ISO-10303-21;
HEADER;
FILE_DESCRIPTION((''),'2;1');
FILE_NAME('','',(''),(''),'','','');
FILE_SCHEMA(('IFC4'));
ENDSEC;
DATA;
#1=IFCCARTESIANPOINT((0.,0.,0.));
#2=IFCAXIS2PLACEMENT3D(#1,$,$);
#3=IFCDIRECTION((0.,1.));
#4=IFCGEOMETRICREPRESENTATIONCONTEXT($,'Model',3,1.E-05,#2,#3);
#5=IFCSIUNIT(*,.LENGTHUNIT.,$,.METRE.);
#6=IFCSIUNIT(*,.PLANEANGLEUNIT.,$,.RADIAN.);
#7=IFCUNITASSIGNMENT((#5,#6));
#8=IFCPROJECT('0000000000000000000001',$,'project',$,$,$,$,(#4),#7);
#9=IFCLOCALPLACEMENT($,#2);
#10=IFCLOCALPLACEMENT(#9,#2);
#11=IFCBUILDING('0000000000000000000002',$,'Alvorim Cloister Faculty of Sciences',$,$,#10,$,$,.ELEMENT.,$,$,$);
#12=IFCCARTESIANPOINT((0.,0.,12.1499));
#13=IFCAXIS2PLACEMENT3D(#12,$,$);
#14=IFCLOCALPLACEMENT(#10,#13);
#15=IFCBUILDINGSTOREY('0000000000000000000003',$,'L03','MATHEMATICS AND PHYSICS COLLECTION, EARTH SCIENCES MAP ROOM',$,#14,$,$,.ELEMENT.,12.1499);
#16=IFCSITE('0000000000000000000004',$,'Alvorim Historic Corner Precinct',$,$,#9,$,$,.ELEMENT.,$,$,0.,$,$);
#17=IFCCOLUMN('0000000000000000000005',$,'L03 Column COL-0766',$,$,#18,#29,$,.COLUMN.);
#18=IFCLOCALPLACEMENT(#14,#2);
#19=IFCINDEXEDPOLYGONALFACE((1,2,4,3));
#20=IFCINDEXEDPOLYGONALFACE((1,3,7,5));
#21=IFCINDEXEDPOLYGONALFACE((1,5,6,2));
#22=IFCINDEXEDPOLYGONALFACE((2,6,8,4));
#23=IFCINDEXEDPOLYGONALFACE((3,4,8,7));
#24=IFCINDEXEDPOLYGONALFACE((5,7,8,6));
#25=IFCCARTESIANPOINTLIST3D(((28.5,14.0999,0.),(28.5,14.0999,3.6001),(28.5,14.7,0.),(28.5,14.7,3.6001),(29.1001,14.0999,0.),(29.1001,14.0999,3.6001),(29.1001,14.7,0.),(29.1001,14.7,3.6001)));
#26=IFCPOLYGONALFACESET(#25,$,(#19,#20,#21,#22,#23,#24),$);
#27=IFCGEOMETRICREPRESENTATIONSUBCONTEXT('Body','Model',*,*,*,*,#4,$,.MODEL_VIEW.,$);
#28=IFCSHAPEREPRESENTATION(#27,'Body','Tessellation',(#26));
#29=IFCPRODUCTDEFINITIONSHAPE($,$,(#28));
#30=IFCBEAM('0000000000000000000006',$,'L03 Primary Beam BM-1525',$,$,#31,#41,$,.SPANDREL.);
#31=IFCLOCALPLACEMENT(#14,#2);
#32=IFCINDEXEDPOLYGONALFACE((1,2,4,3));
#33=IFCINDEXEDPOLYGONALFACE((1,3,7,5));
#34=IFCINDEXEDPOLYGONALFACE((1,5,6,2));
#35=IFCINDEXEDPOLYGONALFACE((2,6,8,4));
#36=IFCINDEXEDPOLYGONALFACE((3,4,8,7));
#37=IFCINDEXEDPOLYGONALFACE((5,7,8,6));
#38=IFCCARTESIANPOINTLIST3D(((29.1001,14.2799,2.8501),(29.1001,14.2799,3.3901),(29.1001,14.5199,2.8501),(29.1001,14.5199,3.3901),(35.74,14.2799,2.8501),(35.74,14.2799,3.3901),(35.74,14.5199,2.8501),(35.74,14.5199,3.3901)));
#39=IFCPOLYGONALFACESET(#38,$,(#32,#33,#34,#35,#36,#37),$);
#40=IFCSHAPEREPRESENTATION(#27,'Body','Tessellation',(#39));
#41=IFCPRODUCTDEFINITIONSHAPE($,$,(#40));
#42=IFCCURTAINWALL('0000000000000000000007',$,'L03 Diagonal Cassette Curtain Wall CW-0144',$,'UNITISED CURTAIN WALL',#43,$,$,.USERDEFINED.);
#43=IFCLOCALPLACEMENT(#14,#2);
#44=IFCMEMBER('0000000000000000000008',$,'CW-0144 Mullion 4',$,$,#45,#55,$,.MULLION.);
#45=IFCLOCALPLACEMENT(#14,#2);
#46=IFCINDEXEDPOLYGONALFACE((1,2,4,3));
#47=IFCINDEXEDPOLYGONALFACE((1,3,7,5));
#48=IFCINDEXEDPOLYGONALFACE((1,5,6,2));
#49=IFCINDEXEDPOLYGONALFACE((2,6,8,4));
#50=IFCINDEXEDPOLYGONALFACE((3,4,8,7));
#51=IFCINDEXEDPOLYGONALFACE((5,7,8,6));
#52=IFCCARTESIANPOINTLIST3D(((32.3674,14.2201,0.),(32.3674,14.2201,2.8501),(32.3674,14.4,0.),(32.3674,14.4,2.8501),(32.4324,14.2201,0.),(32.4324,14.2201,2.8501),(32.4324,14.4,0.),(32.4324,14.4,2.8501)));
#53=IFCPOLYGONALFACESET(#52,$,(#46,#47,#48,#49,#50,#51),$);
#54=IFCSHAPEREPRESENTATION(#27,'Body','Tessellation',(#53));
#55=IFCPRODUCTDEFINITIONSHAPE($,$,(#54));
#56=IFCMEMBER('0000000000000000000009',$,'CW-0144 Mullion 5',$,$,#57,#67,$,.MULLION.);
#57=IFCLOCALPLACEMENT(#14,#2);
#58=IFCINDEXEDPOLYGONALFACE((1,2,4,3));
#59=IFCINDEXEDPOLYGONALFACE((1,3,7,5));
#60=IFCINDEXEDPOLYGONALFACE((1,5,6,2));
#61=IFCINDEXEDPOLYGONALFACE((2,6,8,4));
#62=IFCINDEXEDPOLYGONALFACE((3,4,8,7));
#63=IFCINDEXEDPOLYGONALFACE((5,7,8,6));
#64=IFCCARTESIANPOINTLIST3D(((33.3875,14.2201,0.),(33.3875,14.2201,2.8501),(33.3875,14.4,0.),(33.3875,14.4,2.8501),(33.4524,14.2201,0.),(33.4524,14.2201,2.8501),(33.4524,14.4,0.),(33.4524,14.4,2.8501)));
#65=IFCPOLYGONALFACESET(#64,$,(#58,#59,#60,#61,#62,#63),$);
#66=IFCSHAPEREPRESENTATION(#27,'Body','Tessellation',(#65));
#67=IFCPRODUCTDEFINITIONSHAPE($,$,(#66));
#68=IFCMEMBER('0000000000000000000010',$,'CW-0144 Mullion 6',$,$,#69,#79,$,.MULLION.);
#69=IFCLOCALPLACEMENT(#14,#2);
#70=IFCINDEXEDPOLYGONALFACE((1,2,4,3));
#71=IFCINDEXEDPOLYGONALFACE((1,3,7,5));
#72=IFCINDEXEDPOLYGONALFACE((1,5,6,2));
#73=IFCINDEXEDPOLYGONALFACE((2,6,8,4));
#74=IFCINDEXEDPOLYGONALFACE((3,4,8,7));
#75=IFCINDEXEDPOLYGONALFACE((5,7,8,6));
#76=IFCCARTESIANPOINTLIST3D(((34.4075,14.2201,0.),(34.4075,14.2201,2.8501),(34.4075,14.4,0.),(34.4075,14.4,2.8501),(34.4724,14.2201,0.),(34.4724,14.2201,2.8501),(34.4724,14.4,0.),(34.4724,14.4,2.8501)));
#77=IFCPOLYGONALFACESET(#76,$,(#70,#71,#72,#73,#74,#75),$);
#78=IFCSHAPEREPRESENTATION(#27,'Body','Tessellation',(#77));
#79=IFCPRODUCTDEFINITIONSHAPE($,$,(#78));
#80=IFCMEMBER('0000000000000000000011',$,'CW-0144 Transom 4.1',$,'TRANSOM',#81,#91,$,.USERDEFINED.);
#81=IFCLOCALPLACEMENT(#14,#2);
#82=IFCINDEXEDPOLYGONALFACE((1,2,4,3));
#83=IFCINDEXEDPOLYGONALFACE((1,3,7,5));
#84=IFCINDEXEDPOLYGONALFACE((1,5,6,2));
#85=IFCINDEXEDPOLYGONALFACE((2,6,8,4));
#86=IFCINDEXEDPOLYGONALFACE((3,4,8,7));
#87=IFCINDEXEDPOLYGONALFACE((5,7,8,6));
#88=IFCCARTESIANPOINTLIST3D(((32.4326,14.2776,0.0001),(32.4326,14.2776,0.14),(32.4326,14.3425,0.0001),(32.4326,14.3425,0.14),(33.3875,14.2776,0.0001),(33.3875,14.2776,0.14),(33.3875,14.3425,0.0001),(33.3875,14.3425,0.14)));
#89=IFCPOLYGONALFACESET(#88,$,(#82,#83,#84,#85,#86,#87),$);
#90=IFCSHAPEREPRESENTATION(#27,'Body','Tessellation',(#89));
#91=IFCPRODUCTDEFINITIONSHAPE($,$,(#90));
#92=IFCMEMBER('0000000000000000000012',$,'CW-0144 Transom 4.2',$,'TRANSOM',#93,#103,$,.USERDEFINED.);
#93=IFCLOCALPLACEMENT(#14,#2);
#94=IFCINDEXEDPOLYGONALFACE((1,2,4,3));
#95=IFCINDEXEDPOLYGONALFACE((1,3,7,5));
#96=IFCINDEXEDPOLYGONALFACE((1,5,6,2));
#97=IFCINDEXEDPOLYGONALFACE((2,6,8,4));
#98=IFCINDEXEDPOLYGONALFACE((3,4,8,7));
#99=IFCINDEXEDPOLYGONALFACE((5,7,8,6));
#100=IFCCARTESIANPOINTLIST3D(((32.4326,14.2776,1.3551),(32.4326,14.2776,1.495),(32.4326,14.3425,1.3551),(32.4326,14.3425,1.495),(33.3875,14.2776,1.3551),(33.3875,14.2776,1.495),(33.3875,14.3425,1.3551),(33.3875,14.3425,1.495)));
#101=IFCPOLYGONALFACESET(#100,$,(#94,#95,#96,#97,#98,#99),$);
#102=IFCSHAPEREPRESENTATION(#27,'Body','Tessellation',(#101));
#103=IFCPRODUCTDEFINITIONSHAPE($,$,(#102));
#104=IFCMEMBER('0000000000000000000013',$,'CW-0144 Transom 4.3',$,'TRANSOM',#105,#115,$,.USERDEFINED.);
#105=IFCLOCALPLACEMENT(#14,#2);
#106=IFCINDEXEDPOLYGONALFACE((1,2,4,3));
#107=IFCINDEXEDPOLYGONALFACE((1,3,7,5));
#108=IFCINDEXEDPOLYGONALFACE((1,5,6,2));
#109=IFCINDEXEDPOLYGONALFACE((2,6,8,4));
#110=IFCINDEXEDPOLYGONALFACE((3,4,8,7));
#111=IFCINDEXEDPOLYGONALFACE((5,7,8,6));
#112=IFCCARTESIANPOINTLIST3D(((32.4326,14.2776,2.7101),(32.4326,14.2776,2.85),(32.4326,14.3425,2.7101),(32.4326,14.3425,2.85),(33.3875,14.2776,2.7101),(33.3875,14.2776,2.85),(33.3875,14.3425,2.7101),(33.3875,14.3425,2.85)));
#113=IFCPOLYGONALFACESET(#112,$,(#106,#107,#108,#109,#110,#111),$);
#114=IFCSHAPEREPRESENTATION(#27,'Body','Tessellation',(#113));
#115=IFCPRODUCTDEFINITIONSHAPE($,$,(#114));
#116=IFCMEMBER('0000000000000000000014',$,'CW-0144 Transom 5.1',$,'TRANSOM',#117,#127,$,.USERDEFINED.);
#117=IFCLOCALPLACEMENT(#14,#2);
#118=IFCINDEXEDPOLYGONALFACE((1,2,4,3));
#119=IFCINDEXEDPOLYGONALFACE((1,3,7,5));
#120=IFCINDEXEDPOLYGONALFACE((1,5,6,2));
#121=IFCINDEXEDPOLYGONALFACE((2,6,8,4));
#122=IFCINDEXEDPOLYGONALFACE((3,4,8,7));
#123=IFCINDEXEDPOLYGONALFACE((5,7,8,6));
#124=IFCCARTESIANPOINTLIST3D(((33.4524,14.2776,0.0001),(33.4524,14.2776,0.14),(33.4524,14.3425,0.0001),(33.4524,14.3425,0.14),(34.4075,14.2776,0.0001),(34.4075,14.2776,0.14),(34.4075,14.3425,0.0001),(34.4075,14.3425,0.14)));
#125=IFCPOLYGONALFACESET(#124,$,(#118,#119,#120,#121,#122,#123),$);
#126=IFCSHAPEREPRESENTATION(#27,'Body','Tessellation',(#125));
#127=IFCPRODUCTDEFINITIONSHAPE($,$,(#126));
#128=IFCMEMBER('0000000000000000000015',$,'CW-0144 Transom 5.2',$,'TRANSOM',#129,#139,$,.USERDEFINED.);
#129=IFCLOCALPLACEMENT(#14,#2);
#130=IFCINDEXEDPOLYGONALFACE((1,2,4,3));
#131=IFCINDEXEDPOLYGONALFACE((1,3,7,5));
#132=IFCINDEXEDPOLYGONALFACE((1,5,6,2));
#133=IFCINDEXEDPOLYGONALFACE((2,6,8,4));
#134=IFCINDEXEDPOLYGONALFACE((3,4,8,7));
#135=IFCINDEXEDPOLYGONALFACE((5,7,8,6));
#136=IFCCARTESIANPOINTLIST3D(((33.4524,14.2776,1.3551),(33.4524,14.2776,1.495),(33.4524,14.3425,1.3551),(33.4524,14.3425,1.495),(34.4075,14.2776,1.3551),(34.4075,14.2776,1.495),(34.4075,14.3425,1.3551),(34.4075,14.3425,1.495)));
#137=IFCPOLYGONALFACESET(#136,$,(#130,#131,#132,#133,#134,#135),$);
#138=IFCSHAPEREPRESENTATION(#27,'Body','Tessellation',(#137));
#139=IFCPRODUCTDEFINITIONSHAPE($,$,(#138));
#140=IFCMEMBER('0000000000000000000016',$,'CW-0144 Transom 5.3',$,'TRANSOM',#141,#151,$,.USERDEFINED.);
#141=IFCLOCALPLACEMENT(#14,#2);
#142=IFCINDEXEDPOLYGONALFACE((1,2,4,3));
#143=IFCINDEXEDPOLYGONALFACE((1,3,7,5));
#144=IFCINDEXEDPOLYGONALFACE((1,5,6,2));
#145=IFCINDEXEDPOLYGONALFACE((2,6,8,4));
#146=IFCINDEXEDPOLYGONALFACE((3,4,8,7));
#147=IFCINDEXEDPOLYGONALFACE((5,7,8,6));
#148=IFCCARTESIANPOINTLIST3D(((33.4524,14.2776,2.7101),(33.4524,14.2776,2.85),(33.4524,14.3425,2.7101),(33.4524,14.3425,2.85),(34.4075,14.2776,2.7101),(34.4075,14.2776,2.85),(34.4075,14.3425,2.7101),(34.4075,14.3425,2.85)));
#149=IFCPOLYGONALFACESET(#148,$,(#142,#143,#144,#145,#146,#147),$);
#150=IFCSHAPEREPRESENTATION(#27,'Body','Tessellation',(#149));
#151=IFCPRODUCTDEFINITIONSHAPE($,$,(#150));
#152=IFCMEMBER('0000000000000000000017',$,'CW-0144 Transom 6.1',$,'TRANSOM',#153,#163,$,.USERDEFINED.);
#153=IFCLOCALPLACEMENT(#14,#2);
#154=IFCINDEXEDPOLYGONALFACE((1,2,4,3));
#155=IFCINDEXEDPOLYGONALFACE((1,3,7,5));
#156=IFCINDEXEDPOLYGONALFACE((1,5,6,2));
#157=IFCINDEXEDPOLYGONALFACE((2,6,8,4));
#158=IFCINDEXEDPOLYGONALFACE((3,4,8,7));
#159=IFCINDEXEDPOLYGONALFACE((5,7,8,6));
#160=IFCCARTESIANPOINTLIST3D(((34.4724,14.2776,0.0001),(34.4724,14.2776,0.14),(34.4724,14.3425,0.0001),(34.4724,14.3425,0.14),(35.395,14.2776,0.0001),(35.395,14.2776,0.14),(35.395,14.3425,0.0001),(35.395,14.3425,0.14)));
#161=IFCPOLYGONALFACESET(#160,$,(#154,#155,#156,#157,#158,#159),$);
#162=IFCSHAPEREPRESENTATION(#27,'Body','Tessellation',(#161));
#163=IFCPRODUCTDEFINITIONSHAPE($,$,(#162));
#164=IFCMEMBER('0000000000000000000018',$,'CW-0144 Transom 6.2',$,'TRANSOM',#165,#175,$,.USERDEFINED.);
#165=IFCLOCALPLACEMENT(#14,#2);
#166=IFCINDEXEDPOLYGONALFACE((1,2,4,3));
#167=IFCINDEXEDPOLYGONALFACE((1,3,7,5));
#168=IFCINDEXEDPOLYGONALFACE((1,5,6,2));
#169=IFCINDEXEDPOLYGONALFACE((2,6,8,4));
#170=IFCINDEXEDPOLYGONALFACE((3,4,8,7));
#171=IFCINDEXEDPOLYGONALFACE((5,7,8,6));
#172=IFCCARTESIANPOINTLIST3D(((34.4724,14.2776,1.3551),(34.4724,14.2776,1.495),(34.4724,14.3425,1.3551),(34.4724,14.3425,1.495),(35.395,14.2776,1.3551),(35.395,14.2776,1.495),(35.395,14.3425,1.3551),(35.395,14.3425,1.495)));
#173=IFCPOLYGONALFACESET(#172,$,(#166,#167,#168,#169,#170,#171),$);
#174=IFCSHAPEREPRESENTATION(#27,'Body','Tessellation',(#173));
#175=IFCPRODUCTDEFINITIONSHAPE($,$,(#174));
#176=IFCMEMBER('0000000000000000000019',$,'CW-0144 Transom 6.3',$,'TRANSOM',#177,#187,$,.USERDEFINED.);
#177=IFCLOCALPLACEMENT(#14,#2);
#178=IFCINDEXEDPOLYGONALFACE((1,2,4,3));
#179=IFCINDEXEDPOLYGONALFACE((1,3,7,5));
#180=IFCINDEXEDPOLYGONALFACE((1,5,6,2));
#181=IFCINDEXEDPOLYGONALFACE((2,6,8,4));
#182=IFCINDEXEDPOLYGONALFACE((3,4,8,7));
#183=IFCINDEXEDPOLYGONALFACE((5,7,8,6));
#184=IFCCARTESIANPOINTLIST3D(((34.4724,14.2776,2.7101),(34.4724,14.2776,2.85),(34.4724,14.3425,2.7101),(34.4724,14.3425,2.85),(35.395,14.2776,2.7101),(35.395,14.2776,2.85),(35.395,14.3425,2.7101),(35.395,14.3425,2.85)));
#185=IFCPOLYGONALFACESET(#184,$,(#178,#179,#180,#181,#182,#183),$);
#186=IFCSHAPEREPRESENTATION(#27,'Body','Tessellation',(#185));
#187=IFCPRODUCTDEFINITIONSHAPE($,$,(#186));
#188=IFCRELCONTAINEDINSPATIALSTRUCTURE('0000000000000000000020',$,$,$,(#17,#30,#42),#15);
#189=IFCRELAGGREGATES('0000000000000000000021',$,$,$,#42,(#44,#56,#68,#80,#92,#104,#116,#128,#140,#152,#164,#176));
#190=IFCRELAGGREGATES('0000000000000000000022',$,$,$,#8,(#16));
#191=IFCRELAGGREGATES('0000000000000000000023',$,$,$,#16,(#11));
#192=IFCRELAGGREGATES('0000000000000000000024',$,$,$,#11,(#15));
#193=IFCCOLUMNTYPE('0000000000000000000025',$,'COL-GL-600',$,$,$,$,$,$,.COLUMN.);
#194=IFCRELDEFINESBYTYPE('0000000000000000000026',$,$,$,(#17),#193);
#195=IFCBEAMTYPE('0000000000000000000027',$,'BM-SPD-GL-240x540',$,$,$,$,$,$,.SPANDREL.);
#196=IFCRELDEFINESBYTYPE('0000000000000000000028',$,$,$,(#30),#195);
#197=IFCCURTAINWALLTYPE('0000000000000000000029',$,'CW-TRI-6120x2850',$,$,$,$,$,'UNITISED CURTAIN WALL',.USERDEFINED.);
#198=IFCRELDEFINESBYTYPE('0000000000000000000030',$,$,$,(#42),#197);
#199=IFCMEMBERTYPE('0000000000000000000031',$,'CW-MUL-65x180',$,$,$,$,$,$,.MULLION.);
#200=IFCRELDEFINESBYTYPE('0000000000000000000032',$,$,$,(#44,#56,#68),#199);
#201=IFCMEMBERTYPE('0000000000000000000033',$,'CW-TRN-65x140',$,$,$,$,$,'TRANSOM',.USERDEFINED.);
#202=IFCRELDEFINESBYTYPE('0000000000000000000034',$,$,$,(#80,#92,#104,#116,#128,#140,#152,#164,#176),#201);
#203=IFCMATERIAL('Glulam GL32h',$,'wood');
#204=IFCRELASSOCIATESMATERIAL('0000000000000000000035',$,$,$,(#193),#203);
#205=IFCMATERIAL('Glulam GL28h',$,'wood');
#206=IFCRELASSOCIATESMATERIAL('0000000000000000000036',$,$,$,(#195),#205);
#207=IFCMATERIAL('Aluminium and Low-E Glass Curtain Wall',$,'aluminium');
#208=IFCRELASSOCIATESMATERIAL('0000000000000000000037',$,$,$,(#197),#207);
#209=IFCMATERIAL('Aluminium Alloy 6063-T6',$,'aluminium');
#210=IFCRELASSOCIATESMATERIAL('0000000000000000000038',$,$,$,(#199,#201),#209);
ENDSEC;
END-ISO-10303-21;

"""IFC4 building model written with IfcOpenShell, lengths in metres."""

from ifc_helpers import new_model, si_unit, direction, frame, origin, origin_2d, place, context, subcontext, project, spatial, rectangle, extrude, material, material_profile, profile_set, type_object, element, aggregate, save


model = new_model("IFC4")

# Units and contexts
model_context = context("Model", 3, precision=1e-05, world=origin(), true_north=direction((0.0, 1.0)))
body_context = subcontext(model_context, "Body", "Model", "MODEL_VIEW")
ifc_project = project(units=[si_unit("LENGTHUNIT", "METRE"), si_unit("PLANEANGLEUNIT", "RADIAN")], contexts=[model_context])

# Site, building, storey
site_placement = place(None, origin())
site = spatial("IfcSite", under=ifc_project, at=site_placement, Name="Alvorim Historic Corner Precinct", CompositionType="ELEMENT", RefElevation=0.0)
building_placement = place(site_placement, origin())
building = spatial("IfcBuilding", under=site, at=building_placement, Name="Alvorim Cloister Faculty of Sciences", CompositionType="ELEMENT")
storey_placement = place(building_placement, frame((0.0, 0.0, 12.1499)))
storey = spatial("IfcBuildingStorey", under=building, at=storey_placement, Name="L03", Description="MATHEMATICS AND PHYSICS COLLECTION, EARTH SCIENCES MAP ROOM", CompositionType="ELEMENT", Elevation=12.1499)

# Column
ifc_material_1 = material(Name="Glulam GL32h", Category="wood")
ifc_material_profile_1 = material_profile(ifc_material_1, rectangle(XDim=0.6001, YDim=0.6001, at=origin_2d()), Name="GL32-COL-600x600")
ifc_profile_set_1 = profile_set([ifc_material_profile_1], Name="Glulam GL32h")
column_type = type_object("IfcColumnType", Name="COL-GL-600", PredefinedType="COLUMN", material=ifc_profile_set_1)
column_placement = place(storey_placement, frame((28.8, 14.3999, 0.0), z_axis=(0.0, 0.0, 1.0), x_axis=(1.0, 0.0, 0.0)))
element("IfcColumn", 1, at=column_placement, inside=storey, type_object=column_type, Name="L03 Column COL-0766", PredefinedType="COLUMN", context=body_context, shape_type="SweptSolid", body=[
    extrude(rectangle(XDim=0.6001, YDim=0.6001, at=origin_2d()), origin(), (0.0, 0.0, 1.0), 3.6001),
])

# Beam
ifc_material_2 = material(Name="Glulam GL28h", Category="wood")
ifc_material_profile_2 = material_profile(ifc_material_2, rectangle(XDim=0.24, YDim=0.54, at=origin_2d()), Name="GL28-SPD-240x540")
ifc_profile_set_2 = profile_set([ifc_material_profile_2], Name="Glulam GL28h")
beam_type = type_object("IfcBeamType", Name="BM-SPD-GL-240x540", PredefinedType="SPANDREL", material=ifc_profile_set_2)
beam_placement = place(storey_placement, frame((29.1001, 14.3999, 3.1201), z_axis=(1.0, 0.0, 0.0), x_axis=(0.0, 1.0, 0.0)))
element("IfcBeam", 2, at=beam_placement, inside=storey, type_object=beam_type, Name="L03 Primary Beam BM-1525", PredefinedType="SPANDREL", context=body_context, shape_type="SweptSolid", body=[
    extrude(rectangle(XDim=0.24, YDim=0.54, at=origin_2d()), origin(), (0.0, 0.0, 1.0), 6.6399),
])

# Curtain wall, members
ifc_material_3 = material(Name="Aluminium and Low-E Glass Curtain Wall", Category="aluminium")
curtain_wall_type = type_object("IfcCurtainWallType", Name="CW-TRI-6120x2850", ElementType="UNITISED CURTAIN WALL", PredefinedType="USERDEFINED", material=ifc_material_3)
curtain_wall_placement = place(storey_placement, origin())
curtain_wall = element("IfcCurtainWall", 3, at=curtain_wall_placement, inside=storey, type_object=curtain_wall_type, Name="L03 Diagonal Cassette Curtain Wall CW-0144", ObjectType="UNITISED CURTAIN WALL", PredefinedType="USERDEFINED")
ifc_material_4 = material(Name="Aluminium Alloy 6063-T6", Category="aluminium")
ifc_material_profile_3 = material_profile(ifc_material_4, rectangle(XDim=0.0649, YDim=0.1799, at=origin_2d()), Name="ALU-MUL-65x180")
ifc_profile_set_3 = profile_set([ifc_material_profile_3], Name="Aluminium Alloy 6063-T6")
member_type_1 = type_object("IfcMemberType", Name="CW-MUL-65x180", PredefinedType="MULLION", material=ifc_profile_set_3)
member_1_placement = place(storey_placement, frame((32.3999, 14.3101, 0.0), z_axis=(0.0, 0.0, 1.0), x_axis=(1.0, 0.0, 0.0)))
member_1 = element("IfcMember", 4, at=member_1_placement, type_object=member_type_1, Name="CW-0144 Mullion 4", PredefinedType="MULLION", context=body_context, shape_type="SweptSolid", body=[
    extrude(rectangle(XDim=0.0649, YDim=0.1799, at=origin_2d()), origin(), (0.0, 0.0, 1.0), 2.8501),
])
member_2_placement = place(storey_placement, frame((33.4199, 14.3101, 0.0), z_axis=(0.0, 0.0, 1.0), x_axis=(1.0, 0.0, 0.0)))
member_2 = element("IfcMember", 5, at=member_2_placement, type_object=member_type_1, Name="CW-0144 Mullion 5", PredefinedType="MULLION", context=body_context, shape_type="SweptSolid", body=[
    extrude(rectangle(XDim=0.0649, YDim=0.1799, at=origin_2d()), origin(), (0.0, 0.0, 1.0), 2.8501),
])
member_3_placement = place(storey_placement, frame((34.4399, 14.3101, 0.0), z_axis=(0.0, 0.0, 1.0), x_axis=(1.0, 0.0, 0.0)))
member_3 = element("IfcMember", 6, at=member_3_placement, type_object=member_type_1, Name="CW-0144 Mullion 6", PredefinedType="MULLION", context=body_context, shape_type="SweptSolid", body=[
    extrude(rectangle(XDim=0.0649, YDim=0.1799, at=origin_2d()), origin(), (0.0, 0.0, 1.0), 2.8501),
])
ifc_material_profile_4 = material_profile(ifc_material_4, rectangle(XDim=0.0649, YDim=0.1399, at=origin_2d()), Name="ALU-TRN-65x140")
ifc_profile_set_4 = profile_set([ifc_material_profile_4], Name="Aluminium Alloy 6063-T6")
member_type_2 = type_object("IfcMemberType", Name="CW-TRN-65x140", ElementType="TRANSOM", PredefinedType="USERDEFINED", material=ifc_profile_set_4)
member_4_placement = place(storey_placement, frame((32.4326, 14.3101, 0.0701), z_axis=(1.0, 0.0, 0.0), x_axis=(0.0, 1.0, 0.0)))
member_4 = element("IfcMember", 7, at=member_4_placement, type_object=member_type_2, Name="CW-0144 Transom 4.1", ObjectType="TRANSOM", PredefinedType="USERDEFINED", context=body_context, shape_type="SweptSolid", body=[
    extrude(rectangle(XDim=0.0649, YDim=0.1399, at=origin_2d()), origin(), (0.0, 0.0, 1.0), 0.9548),
])
member_5_placement = place(storey_placement, frame((32.4326, 14.3101, 1.425), z_axis=(1.0, 0.0, 0.0), x_axis=(0.0, 1.0, 0.0)))
member_5 = element("IfcMember", 8, at=member_5_placement, type_object=member_type_2, Name="CW-0144 Transom 4.2", ObjectType="TRANSOM", PredefinedType="USERDEFINED", context=body_context, shape_type="SweptSolid", body=[
    extrude(rectangle(XDim=0.0649, YDim=0.1399, at=origin_2d()), origin(), (0.0, 0.0, 1.0), 0.9548),
])
member_6_placement = place(storey_placement, frame((32.4326, 14.3101, 2.78), z_axis=(1.0, 0.0, 0.0), x_axis=(0.0, 1.0, 0.0)))
member_6 = element("IfcMember", 9, at=member_6_placement, type_object=member_type_2, Name="CW-0144 Transom 4.3", ObjectType="TRANSOM", PredefinedType="USERDEFINED", context=body_context, shape_type="SweptSolid", body=[
    extrude(rectangle(XDim=0.0649, YDim=0.1399, at=origin_2d()), origin(), (0.0, 0.0, 1.0), 0.9548),
])
member_7_placement = place(storey_placement, frame((33.4524, 14.3101, 0.0701), z_axis=(1.0, 0.0, 0.0), x_axis=(0.0, 1.0, 0.0)))
member_7 = element("IfcMember", 10, at=member_7_placement, type_object=member_type_2, Name="CW-0144 Transom 5.1", ObjectType="TRANSOM", PredefinedType="USERDEFINED", context=body_context, shape_type="SweptSolid", body=[
    extrude(rectangle(XDim=0.0649, YDim=0.1399, at=origin_2d()), origin(), (0.0, 0.0, 1.0), 0.9551),
])
member_8_placement = place(storey_placement, frame((33.4524, 14.3101, 1.425), z_axis=(1.0, 0.0, 0.0), x_axis=(0.0, 1.0, 0.0)))
member_8 = element("IfcMember", 11, at=member_8_placement, type_object=member_type_2, Name="CW-0144 Transom 5.2", ObjectType="TRANSOM", PredefinedType="USERDEFINED", context=body_context, shape_type="SweptSolid", body=[
    extrude(rectangle(XDim=0.0649, YDim=0.1399, at=origin_2d()), origin(), (0.0, 0.0, 1.0), 0.9551),
])
member_9_placement = place(storey_placement, frame((33.4524, 14.3101, 2.78), z_axis=(1.0, 0.0, 0.0), x_axis=(0.0, 1.0, 0.0)))
member_9 = element("IfcMember", 12, at=member_9_placement, type_object=member_type_2, Name="CW-0144 Transom 5.3", ObjectType="TRANSOM", PredefinedType="USERDEFINED", context=body_context, shape_type="SweptSolid", body=[
    extrude(rectangle(XDim=0.0649, YDim=0.1399, at=origin_2d()), origin(), (0.0, 0.0, 1.0), 0.9551),
])
member_10_placement = place(storey_placement, frame((34.4724, 14.3101, 0.0701), z_axis=(1.0, 0.0, 0.0), x_axis=(0.0, 1.0, 0.0)))
member_10 = element("IfcMember", 13, at=member_10_placement, type_object=member_type_2, Name="CW-0144 Transom 6.1", ObjectType="TRANSOM", PredefinedType="USERDEFINED", context=body_context, shape_type="SweptSolid", body=[
    extrude(rectangle(XDim=0.0649, YDim=0.1399, at=origin_2d()), origin(), (0.0, 0.0, 1.0), 0.9226),
])
member_11_placement = place(storey_placement, frame((34.4724, 14.3101, 1.425), z_axis=(1.0, 0.0, 0.0), x_axis=(0.0, 1.0, 0.0)))
member_11 = element("IfcMember", 14, at=member_11_placement, type_object=member_type_2, Name="CW-0144 Transom 6.2", ObjectType="TRANSOM", PredefinedType="USERDEFINED", context=body_context, shape_type="SweptSolid", body=[
    extrude(rectangle(XDim=0.0649, YDim=0.1399, at=origin_2d()), origin(), (0.0, 0.0, 1.0), 0.9226),
])
member_12_placement = place(storey_placement, frame((34.4724, 14.3101, 2.78), z_axis=(1.0, 0.0, 0.0), x_axis=(0.0, 1.0, 0.0)))
member_12 = element("IfcMember", 15, at=member_12_placement, type_object=member_type_2, Name="CW-0144 Transom 6.3", ObjectType="TRANSOM", PredefinedType="USERDEFINED", context=body_context, shape_type="SweptSolid", body=[
    extrude(rectangle(XDim=0.0649, YDim=0.1399, at=origin_2d()), origin(), (0.0, 0.0, 1.0), 0.9226),
])
aggregate(curtain_wall, [member_1, member_2, member_3, member_4, member_5, member_6, member_7, member_8, member_9, member_10, member_11, member_12])

save(model, "model.ifc")
